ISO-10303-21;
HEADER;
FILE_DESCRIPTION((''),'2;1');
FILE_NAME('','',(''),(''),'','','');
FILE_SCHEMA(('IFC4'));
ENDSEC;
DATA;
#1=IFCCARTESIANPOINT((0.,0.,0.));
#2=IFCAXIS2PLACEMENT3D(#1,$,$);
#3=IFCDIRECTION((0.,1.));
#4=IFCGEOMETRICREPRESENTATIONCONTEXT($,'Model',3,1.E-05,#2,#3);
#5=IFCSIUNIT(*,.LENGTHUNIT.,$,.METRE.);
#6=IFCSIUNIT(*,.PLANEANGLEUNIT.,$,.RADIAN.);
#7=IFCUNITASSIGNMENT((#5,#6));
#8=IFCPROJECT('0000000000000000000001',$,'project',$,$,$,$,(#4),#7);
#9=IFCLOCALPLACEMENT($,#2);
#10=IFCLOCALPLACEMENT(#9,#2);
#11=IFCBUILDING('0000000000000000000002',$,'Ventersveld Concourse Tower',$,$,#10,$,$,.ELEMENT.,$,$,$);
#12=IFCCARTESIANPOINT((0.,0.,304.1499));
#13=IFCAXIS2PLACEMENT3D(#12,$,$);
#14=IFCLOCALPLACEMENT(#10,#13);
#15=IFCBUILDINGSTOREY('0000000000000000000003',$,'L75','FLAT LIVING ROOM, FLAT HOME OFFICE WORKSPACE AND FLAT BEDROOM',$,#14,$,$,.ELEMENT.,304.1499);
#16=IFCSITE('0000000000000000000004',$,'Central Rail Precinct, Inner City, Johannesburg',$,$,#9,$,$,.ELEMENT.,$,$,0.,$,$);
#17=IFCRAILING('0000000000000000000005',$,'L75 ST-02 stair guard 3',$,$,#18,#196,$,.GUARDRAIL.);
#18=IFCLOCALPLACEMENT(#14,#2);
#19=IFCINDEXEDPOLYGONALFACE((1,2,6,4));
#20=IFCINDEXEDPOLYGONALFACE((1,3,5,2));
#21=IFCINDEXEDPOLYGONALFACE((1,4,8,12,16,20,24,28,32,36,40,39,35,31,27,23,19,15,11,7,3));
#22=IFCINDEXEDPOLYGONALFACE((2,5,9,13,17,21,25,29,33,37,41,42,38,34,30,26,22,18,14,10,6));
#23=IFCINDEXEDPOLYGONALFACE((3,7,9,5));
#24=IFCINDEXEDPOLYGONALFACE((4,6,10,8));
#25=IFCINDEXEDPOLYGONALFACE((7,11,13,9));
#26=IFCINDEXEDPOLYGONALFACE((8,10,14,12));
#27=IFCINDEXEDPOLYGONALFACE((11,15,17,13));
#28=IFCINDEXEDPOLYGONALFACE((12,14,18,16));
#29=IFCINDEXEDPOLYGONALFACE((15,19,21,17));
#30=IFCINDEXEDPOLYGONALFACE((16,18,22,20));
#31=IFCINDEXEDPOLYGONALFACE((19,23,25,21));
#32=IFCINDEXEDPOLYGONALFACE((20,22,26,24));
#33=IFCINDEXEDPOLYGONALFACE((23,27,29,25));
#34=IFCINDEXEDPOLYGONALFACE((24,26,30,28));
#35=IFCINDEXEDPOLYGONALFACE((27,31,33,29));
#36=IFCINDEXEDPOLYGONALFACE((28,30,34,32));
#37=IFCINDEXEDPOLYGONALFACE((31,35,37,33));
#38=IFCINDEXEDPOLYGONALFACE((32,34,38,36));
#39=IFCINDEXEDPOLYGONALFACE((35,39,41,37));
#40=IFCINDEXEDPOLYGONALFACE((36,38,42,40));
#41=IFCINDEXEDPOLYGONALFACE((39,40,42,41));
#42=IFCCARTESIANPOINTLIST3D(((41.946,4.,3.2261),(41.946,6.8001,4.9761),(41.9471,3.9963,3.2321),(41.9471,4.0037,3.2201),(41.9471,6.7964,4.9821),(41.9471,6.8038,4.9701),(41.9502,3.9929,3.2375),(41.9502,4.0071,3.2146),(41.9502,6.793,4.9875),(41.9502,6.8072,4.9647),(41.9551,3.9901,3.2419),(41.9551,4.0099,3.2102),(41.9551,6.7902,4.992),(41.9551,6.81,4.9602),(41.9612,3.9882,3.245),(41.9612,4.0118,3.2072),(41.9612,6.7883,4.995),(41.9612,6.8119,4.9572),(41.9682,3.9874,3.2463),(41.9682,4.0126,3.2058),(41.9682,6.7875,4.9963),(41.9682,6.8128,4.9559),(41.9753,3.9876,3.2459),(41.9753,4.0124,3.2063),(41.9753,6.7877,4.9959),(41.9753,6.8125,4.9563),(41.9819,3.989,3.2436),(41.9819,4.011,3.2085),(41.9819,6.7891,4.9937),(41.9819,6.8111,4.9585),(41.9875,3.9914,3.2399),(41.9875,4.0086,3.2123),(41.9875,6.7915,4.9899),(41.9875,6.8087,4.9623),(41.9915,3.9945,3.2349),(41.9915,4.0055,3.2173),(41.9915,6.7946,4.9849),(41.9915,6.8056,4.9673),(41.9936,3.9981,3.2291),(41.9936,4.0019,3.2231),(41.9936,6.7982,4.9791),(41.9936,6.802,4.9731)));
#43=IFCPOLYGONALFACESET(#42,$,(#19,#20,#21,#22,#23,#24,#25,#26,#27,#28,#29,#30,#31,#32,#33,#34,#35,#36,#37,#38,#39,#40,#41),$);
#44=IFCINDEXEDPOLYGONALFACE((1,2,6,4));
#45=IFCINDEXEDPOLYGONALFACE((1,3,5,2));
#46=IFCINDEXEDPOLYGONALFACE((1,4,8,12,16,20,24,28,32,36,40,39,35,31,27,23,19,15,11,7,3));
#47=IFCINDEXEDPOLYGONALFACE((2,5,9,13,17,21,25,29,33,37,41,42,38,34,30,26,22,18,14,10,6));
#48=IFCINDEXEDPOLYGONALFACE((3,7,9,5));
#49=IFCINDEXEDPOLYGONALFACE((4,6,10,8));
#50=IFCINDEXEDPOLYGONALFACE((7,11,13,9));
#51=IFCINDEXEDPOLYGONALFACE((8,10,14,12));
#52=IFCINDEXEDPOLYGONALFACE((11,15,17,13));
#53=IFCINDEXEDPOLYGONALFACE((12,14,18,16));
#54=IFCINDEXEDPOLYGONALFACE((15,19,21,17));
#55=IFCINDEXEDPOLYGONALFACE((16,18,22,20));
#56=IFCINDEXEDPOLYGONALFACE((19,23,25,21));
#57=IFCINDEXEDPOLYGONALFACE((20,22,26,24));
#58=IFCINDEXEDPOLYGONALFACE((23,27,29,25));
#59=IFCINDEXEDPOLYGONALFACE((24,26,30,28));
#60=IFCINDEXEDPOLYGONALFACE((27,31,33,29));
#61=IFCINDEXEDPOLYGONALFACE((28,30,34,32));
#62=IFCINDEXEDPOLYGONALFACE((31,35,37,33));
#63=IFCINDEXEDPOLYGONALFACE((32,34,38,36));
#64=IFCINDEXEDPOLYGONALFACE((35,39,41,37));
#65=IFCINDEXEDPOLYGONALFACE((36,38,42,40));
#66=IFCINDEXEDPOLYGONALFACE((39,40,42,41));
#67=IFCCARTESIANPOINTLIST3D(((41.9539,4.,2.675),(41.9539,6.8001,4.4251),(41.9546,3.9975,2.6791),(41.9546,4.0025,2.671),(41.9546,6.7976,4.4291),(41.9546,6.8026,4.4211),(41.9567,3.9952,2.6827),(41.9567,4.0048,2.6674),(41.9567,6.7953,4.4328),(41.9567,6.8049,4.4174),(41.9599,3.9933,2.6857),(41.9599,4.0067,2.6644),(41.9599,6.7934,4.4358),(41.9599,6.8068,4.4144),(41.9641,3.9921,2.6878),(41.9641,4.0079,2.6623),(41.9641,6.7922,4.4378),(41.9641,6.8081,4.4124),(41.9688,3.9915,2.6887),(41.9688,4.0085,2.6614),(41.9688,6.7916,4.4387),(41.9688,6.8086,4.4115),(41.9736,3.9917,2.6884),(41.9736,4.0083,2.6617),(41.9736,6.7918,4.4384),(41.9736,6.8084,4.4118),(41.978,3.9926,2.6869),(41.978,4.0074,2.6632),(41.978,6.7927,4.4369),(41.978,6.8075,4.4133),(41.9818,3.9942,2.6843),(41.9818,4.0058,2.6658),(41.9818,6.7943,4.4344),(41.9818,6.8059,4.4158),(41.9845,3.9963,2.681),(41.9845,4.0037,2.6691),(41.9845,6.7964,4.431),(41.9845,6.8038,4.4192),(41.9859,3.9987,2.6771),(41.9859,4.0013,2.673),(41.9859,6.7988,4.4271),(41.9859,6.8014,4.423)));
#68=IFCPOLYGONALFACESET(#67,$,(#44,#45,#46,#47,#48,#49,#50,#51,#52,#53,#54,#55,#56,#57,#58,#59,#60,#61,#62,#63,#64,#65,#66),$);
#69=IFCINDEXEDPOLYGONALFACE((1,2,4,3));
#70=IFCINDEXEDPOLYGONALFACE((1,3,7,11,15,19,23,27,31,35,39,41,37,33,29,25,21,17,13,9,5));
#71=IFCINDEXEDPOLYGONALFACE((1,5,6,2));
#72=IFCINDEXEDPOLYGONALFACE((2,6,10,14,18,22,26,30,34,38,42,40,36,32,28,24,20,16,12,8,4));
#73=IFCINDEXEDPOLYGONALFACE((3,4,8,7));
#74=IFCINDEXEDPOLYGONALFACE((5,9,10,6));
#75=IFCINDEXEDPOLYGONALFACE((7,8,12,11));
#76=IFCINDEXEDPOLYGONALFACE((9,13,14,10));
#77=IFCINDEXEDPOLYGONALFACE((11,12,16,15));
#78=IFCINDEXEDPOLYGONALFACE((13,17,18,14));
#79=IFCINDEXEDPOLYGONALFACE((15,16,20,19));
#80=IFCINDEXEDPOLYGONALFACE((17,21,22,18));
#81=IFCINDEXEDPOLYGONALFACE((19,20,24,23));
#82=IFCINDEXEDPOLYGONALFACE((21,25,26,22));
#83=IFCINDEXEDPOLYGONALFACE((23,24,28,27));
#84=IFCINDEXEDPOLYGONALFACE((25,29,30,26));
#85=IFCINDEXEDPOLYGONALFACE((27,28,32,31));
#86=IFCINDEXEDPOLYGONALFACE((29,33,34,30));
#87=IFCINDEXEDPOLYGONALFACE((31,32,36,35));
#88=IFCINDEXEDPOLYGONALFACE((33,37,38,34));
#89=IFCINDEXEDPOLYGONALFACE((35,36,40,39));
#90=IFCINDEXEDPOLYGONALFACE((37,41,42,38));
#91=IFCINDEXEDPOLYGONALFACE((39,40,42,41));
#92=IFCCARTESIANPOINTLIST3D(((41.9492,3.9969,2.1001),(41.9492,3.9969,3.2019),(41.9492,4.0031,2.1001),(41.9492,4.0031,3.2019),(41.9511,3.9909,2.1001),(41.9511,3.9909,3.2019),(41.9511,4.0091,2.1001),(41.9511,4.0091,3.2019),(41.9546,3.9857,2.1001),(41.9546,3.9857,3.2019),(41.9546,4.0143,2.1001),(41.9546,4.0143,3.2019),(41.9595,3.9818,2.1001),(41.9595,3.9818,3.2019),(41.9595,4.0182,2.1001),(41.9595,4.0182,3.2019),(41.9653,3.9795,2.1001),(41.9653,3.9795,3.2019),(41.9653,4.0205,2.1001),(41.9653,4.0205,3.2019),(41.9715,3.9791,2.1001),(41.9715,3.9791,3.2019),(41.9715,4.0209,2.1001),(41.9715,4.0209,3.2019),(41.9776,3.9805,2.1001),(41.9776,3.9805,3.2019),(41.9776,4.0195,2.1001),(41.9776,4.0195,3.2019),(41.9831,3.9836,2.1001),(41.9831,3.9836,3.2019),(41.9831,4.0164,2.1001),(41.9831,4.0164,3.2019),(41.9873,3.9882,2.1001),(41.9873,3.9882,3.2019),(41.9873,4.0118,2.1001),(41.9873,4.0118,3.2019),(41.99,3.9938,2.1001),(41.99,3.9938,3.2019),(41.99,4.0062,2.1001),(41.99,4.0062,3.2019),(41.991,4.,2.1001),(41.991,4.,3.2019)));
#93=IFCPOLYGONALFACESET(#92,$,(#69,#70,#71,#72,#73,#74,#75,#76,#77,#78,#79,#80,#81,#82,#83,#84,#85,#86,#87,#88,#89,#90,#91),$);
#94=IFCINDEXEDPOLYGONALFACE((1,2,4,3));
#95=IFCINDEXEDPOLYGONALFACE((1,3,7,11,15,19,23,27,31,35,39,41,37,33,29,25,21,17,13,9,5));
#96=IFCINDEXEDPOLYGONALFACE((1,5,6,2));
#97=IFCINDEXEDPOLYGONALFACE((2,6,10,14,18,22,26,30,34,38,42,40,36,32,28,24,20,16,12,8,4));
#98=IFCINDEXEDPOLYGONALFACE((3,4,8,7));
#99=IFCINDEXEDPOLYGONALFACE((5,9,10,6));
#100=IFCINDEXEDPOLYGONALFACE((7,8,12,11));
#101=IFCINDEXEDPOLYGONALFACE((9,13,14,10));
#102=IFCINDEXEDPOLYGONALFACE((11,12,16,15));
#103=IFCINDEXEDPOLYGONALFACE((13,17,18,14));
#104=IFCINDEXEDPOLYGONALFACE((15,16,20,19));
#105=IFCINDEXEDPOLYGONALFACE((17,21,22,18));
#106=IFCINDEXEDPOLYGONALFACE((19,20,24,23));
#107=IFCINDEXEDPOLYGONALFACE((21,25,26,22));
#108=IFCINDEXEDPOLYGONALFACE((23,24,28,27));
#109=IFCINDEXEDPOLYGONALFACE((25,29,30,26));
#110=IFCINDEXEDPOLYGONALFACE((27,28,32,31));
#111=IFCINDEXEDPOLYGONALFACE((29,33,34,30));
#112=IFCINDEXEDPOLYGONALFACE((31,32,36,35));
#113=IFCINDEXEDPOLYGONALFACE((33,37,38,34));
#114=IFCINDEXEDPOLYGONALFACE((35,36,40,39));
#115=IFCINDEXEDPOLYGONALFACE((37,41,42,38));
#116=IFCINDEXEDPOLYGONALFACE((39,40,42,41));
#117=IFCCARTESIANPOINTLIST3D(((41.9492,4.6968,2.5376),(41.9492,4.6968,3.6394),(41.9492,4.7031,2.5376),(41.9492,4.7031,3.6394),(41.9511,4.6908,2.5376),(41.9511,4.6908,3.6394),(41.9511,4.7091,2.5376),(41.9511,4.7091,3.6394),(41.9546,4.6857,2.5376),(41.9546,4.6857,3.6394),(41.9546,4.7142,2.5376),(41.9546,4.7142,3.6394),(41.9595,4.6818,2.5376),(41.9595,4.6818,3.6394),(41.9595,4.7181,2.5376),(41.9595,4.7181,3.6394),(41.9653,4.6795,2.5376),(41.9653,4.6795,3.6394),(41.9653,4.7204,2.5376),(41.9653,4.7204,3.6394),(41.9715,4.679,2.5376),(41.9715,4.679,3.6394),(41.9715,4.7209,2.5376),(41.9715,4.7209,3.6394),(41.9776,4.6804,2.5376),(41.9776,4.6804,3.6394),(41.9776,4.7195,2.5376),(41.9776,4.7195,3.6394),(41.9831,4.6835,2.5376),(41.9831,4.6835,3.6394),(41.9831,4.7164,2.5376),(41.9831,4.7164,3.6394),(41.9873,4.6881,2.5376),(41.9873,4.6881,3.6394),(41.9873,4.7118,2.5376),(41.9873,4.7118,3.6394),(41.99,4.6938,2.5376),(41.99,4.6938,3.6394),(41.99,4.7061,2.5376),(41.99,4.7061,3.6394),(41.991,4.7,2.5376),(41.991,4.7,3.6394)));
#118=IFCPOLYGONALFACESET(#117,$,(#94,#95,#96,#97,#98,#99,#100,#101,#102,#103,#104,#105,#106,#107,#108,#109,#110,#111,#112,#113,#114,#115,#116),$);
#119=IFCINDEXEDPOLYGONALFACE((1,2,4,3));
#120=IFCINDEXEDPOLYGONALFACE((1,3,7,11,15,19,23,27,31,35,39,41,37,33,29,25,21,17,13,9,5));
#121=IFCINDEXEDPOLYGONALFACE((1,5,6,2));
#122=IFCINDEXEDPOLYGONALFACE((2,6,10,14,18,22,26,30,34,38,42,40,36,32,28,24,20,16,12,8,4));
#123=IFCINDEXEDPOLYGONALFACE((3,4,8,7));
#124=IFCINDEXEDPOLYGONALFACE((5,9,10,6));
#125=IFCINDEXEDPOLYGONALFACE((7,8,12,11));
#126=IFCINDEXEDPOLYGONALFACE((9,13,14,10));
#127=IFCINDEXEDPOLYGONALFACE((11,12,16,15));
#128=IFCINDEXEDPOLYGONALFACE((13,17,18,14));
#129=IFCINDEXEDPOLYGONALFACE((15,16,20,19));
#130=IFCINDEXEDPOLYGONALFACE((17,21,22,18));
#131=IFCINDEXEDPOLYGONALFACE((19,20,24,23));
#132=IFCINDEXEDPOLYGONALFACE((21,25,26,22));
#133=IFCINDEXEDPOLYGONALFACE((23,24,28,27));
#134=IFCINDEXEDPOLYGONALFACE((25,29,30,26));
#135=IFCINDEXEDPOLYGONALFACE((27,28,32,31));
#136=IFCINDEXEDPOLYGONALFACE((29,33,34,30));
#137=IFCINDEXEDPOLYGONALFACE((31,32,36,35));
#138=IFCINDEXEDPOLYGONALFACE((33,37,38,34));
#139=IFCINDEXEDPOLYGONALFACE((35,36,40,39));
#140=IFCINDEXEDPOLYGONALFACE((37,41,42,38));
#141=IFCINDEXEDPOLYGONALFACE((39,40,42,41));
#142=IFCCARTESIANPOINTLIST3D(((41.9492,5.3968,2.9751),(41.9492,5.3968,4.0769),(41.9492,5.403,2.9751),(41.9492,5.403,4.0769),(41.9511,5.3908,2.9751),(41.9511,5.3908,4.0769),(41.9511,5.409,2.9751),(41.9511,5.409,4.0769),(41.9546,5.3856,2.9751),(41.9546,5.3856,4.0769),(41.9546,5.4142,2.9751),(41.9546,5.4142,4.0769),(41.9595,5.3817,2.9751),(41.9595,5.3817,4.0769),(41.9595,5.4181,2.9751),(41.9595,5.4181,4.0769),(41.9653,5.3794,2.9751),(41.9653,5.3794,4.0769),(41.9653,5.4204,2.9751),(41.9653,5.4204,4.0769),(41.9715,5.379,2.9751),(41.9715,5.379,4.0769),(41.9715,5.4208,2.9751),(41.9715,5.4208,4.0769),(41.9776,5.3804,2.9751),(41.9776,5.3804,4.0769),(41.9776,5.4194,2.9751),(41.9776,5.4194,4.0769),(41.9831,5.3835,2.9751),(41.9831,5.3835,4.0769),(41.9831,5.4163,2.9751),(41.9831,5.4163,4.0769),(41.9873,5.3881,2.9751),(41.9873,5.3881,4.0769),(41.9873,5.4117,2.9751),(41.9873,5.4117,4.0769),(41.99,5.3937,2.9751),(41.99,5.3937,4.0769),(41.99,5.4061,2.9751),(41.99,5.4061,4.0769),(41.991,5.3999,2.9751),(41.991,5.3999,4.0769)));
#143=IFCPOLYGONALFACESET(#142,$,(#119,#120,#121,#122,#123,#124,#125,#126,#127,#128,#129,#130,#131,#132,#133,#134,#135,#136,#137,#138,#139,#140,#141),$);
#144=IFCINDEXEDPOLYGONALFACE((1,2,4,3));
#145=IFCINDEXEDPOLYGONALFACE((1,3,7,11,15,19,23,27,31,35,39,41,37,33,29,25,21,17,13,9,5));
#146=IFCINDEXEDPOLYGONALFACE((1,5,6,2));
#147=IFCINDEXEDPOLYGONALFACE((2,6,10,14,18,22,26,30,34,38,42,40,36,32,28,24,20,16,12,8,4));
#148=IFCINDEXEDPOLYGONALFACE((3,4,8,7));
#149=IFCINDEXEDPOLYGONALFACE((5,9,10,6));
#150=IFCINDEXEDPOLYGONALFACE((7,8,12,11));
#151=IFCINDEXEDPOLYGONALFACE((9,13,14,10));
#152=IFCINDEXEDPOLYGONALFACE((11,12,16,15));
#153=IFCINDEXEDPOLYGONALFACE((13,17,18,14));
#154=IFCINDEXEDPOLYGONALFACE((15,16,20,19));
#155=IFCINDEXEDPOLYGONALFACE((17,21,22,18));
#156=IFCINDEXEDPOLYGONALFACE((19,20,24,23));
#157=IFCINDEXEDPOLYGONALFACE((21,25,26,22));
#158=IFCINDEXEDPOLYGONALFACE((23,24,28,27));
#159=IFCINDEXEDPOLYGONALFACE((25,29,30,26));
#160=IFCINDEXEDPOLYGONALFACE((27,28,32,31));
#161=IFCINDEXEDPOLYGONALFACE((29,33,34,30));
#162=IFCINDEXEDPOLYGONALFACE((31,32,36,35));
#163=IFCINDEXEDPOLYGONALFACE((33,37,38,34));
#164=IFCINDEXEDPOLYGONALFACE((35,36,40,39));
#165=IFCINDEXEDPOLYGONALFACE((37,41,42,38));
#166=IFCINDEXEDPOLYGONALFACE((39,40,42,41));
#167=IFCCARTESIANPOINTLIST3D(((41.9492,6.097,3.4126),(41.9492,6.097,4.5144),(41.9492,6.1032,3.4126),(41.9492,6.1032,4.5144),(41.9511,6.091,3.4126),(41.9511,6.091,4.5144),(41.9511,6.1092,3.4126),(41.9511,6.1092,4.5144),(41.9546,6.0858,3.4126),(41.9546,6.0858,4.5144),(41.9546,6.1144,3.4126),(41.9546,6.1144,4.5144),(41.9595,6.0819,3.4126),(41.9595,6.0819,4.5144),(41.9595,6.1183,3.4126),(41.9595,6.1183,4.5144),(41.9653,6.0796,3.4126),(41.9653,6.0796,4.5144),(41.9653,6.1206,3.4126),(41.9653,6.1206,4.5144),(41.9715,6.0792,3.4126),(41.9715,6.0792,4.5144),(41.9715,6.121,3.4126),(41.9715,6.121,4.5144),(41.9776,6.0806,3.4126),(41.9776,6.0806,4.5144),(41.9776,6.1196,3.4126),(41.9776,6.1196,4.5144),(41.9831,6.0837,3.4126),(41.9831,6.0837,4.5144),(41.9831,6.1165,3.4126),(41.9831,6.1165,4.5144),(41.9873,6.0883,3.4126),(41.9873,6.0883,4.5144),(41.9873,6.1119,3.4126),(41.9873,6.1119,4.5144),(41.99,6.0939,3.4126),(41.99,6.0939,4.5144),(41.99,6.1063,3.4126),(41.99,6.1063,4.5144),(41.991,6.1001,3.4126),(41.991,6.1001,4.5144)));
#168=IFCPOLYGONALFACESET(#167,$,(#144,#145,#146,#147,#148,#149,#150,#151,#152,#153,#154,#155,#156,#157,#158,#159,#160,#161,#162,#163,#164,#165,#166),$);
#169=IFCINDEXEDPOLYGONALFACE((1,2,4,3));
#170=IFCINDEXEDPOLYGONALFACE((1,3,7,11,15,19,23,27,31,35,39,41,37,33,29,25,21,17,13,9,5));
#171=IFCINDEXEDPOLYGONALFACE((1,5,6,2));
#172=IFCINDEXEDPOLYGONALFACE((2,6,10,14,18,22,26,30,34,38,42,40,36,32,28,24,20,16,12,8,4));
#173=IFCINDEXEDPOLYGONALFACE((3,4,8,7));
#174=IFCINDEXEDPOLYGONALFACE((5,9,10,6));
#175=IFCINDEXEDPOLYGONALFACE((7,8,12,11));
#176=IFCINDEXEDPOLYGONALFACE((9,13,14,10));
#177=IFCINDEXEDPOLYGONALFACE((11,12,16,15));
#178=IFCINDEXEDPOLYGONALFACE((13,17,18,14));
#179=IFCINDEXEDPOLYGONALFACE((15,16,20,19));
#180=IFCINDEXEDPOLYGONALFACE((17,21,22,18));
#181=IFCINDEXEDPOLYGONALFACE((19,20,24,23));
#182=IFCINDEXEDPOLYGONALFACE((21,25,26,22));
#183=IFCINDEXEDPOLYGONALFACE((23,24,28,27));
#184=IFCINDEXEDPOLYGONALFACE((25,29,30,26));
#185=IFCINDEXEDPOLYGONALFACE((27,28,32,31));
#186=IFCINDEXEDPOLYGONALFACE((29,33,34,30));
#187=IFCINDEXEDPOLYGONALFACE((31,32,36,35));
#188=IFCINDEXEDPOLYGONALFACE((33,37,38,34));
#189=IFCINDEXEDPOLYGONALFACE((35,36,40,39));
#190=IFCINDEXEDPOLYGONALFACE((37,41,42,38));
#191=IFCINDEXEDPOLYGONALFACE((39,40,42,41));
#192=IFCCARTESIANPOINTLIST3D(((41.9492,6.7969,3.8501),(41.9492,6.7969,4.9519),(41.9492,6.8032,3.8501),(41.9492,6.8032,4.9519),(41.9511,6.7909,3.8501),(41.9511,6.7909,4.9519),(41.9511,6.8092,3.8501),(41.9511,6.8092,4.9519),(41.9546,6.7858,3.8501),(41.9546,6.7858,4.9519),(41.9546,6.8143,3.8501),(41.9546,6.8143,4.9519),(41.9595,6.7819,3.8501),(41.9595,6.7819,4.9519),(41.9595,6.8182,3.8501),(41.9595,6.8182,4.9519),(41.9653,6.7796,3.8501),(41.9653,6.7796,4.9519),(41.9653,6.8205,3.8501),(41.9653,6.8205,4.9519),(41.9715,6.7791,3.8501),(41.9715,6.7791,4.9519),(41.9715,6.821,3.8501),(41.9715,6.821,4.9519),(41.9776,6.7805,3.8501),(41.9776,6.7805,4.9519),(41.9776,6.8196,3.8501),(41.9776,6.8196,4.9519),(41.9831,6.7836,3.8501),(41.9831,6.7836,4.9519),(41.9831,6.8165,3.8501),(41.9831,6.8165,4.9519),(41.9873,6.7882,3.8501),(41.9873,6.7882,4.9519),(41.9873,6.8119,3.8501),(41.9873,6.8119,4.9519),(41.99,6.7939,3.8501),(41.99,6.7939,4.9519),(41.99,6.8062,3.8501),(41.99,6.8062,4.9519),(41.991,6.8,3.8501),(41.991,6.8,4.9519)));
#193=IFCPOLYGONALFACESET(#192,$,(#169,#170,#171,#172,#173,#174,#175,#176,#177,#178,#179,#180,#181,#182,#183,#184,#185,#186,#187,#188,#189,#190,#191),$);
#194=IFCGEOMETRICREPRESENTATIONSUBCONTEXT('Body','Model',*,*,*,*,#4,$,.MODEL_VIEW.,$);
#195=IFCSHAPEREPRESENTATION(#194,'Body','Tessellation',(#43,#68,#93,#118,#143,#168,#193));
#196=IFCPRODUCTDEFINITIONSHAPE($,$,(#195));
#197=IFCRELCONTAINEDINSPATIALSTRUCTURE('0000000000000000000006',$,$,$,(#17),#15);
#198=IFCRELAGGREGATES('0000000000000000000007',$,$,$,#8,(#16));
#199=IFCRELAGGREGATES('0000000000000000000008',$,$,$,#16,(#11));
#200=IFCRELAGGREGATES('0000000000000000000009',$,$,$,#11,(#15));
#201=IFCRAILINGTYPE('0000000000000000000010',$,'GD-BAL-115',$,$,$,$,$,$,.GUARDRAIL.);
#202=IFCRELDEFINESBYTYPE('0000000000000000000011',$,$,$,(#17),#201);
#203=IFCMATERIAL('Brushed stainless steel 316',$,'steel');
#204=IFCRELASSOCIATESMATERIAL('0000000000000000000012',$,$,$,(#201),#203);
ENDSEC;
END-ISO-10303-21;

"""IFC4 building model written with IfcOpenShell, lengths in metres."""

from ifc_helpers import new_model, si_unit, direction, frame, origin, origin_2d, place, context, subcontext, project, spatial, circle, extrude, material, type_object, element, save


model = new_model("IFC4")

# Units and contexts
model_context = context("Model", 3, precision=1e-05, world=origin(), true_north=direction((0.0, 1.0)))
body_context = subcontext(model_context, "Body", "Model", "MODEL_VIEW")
ifc_project = project(units=[si_unit("LENGTHUNIT", "METRE"), si_unit("PLANEANGLEUNIT", "RADIAN")], contexts=[model_context])

# Site, building, storey
site_placement = place(None, origin())
site = spatial("IfcSite", under=ifc_project, at=site_placement, Name="Central Rail Precinct, Inner City, Johannesburg", CompositionType="ELEMENT", RefElevation=0.0)
building_placement = place(site_placement, origin())
building = spatial("IfcBuilding", under=site, at=building_placement, Name="Ventersveld Concourse Tower", CompositionType="ELEMENT")
storey_placement = place(building_placement, frame((0.0, 0.0, 304.1499)))
storey = spatial("IfcBuildingStorey", under=building, at=storey_placement, Name="L75", Description="FLAT LIVING ROOM, FLAT HOME OFFICE WORKSPACE AND FLAT BEDROOM", CompositionType="ELEMENT", Elevation=304.1499)

# Shared definitions
ifc_material_1 = material(Name="Brushed stainless steel 316", Category="steel")

# Railing
railing_type_1 = type_object("IfcRailingType", Name="GD-BAL-115", PredefinedType="GUARDRAIL", material=ifc_material_1)
railing_1_placement = place(storey_placement, frame((41.97, 4.0, 2.1001)))
element("IfcRailing", 1, at=railing_1_placement, inside=storey, type_object=railing_type_1, Name="L75 ST-02 stair guard 3", PredefinedType="GUARDRAIL", context=body_context, shape_type="SweptSolid", body=[
    extrude(circle(Radius=0.0239, at=origin_2d()), frame((0.0, 0.0, 1.126), z_axis=(0.0, 0.848002, 0.529992), x_axis=(-1.0, 0.0, 0.0)), (0.0, 0.0, 1.0), 3.302),
    extrude(circle(Radius=0.0161, at=origin_2d()), frame((0.0, 0.0, 0.575), z_axis=(0.0, 0.848002, 0.529992), x_axis=(-1.0, 0.0, 0.0)), (0.0, 0.0, 1.0), 3.302),
    extrude(circle(Radius=0.021, at=origin_2d()), origin(), (0.0, 0.0, 1.0), 1.1018),
    extrude(circle(Radius=0.021, at=origin_2d()), frame((0.0, 0.7, 0.4375)), (0.0, 0.0, 1.0), 1.1018),
    extrude(circle(Radius=0.021, at=origin_2d()), frame((0.0, 1.3999, 0.875)), (0.0, 0.0, 1.0), 1.1018),
    extrude(circle(Radius=0.021, at=origin_2d()), frame((0.0, 2.1001, 1.3125)), (0.0, 0.0, 1.0), 1.1018),
    extrude(circle(Radius=0.021, at=origin_2d()), frame((0.0, 2.8, 1.75)), (0.0, 0.0, 1.0), 1.1018),
])

save(model, "model.ifc")
